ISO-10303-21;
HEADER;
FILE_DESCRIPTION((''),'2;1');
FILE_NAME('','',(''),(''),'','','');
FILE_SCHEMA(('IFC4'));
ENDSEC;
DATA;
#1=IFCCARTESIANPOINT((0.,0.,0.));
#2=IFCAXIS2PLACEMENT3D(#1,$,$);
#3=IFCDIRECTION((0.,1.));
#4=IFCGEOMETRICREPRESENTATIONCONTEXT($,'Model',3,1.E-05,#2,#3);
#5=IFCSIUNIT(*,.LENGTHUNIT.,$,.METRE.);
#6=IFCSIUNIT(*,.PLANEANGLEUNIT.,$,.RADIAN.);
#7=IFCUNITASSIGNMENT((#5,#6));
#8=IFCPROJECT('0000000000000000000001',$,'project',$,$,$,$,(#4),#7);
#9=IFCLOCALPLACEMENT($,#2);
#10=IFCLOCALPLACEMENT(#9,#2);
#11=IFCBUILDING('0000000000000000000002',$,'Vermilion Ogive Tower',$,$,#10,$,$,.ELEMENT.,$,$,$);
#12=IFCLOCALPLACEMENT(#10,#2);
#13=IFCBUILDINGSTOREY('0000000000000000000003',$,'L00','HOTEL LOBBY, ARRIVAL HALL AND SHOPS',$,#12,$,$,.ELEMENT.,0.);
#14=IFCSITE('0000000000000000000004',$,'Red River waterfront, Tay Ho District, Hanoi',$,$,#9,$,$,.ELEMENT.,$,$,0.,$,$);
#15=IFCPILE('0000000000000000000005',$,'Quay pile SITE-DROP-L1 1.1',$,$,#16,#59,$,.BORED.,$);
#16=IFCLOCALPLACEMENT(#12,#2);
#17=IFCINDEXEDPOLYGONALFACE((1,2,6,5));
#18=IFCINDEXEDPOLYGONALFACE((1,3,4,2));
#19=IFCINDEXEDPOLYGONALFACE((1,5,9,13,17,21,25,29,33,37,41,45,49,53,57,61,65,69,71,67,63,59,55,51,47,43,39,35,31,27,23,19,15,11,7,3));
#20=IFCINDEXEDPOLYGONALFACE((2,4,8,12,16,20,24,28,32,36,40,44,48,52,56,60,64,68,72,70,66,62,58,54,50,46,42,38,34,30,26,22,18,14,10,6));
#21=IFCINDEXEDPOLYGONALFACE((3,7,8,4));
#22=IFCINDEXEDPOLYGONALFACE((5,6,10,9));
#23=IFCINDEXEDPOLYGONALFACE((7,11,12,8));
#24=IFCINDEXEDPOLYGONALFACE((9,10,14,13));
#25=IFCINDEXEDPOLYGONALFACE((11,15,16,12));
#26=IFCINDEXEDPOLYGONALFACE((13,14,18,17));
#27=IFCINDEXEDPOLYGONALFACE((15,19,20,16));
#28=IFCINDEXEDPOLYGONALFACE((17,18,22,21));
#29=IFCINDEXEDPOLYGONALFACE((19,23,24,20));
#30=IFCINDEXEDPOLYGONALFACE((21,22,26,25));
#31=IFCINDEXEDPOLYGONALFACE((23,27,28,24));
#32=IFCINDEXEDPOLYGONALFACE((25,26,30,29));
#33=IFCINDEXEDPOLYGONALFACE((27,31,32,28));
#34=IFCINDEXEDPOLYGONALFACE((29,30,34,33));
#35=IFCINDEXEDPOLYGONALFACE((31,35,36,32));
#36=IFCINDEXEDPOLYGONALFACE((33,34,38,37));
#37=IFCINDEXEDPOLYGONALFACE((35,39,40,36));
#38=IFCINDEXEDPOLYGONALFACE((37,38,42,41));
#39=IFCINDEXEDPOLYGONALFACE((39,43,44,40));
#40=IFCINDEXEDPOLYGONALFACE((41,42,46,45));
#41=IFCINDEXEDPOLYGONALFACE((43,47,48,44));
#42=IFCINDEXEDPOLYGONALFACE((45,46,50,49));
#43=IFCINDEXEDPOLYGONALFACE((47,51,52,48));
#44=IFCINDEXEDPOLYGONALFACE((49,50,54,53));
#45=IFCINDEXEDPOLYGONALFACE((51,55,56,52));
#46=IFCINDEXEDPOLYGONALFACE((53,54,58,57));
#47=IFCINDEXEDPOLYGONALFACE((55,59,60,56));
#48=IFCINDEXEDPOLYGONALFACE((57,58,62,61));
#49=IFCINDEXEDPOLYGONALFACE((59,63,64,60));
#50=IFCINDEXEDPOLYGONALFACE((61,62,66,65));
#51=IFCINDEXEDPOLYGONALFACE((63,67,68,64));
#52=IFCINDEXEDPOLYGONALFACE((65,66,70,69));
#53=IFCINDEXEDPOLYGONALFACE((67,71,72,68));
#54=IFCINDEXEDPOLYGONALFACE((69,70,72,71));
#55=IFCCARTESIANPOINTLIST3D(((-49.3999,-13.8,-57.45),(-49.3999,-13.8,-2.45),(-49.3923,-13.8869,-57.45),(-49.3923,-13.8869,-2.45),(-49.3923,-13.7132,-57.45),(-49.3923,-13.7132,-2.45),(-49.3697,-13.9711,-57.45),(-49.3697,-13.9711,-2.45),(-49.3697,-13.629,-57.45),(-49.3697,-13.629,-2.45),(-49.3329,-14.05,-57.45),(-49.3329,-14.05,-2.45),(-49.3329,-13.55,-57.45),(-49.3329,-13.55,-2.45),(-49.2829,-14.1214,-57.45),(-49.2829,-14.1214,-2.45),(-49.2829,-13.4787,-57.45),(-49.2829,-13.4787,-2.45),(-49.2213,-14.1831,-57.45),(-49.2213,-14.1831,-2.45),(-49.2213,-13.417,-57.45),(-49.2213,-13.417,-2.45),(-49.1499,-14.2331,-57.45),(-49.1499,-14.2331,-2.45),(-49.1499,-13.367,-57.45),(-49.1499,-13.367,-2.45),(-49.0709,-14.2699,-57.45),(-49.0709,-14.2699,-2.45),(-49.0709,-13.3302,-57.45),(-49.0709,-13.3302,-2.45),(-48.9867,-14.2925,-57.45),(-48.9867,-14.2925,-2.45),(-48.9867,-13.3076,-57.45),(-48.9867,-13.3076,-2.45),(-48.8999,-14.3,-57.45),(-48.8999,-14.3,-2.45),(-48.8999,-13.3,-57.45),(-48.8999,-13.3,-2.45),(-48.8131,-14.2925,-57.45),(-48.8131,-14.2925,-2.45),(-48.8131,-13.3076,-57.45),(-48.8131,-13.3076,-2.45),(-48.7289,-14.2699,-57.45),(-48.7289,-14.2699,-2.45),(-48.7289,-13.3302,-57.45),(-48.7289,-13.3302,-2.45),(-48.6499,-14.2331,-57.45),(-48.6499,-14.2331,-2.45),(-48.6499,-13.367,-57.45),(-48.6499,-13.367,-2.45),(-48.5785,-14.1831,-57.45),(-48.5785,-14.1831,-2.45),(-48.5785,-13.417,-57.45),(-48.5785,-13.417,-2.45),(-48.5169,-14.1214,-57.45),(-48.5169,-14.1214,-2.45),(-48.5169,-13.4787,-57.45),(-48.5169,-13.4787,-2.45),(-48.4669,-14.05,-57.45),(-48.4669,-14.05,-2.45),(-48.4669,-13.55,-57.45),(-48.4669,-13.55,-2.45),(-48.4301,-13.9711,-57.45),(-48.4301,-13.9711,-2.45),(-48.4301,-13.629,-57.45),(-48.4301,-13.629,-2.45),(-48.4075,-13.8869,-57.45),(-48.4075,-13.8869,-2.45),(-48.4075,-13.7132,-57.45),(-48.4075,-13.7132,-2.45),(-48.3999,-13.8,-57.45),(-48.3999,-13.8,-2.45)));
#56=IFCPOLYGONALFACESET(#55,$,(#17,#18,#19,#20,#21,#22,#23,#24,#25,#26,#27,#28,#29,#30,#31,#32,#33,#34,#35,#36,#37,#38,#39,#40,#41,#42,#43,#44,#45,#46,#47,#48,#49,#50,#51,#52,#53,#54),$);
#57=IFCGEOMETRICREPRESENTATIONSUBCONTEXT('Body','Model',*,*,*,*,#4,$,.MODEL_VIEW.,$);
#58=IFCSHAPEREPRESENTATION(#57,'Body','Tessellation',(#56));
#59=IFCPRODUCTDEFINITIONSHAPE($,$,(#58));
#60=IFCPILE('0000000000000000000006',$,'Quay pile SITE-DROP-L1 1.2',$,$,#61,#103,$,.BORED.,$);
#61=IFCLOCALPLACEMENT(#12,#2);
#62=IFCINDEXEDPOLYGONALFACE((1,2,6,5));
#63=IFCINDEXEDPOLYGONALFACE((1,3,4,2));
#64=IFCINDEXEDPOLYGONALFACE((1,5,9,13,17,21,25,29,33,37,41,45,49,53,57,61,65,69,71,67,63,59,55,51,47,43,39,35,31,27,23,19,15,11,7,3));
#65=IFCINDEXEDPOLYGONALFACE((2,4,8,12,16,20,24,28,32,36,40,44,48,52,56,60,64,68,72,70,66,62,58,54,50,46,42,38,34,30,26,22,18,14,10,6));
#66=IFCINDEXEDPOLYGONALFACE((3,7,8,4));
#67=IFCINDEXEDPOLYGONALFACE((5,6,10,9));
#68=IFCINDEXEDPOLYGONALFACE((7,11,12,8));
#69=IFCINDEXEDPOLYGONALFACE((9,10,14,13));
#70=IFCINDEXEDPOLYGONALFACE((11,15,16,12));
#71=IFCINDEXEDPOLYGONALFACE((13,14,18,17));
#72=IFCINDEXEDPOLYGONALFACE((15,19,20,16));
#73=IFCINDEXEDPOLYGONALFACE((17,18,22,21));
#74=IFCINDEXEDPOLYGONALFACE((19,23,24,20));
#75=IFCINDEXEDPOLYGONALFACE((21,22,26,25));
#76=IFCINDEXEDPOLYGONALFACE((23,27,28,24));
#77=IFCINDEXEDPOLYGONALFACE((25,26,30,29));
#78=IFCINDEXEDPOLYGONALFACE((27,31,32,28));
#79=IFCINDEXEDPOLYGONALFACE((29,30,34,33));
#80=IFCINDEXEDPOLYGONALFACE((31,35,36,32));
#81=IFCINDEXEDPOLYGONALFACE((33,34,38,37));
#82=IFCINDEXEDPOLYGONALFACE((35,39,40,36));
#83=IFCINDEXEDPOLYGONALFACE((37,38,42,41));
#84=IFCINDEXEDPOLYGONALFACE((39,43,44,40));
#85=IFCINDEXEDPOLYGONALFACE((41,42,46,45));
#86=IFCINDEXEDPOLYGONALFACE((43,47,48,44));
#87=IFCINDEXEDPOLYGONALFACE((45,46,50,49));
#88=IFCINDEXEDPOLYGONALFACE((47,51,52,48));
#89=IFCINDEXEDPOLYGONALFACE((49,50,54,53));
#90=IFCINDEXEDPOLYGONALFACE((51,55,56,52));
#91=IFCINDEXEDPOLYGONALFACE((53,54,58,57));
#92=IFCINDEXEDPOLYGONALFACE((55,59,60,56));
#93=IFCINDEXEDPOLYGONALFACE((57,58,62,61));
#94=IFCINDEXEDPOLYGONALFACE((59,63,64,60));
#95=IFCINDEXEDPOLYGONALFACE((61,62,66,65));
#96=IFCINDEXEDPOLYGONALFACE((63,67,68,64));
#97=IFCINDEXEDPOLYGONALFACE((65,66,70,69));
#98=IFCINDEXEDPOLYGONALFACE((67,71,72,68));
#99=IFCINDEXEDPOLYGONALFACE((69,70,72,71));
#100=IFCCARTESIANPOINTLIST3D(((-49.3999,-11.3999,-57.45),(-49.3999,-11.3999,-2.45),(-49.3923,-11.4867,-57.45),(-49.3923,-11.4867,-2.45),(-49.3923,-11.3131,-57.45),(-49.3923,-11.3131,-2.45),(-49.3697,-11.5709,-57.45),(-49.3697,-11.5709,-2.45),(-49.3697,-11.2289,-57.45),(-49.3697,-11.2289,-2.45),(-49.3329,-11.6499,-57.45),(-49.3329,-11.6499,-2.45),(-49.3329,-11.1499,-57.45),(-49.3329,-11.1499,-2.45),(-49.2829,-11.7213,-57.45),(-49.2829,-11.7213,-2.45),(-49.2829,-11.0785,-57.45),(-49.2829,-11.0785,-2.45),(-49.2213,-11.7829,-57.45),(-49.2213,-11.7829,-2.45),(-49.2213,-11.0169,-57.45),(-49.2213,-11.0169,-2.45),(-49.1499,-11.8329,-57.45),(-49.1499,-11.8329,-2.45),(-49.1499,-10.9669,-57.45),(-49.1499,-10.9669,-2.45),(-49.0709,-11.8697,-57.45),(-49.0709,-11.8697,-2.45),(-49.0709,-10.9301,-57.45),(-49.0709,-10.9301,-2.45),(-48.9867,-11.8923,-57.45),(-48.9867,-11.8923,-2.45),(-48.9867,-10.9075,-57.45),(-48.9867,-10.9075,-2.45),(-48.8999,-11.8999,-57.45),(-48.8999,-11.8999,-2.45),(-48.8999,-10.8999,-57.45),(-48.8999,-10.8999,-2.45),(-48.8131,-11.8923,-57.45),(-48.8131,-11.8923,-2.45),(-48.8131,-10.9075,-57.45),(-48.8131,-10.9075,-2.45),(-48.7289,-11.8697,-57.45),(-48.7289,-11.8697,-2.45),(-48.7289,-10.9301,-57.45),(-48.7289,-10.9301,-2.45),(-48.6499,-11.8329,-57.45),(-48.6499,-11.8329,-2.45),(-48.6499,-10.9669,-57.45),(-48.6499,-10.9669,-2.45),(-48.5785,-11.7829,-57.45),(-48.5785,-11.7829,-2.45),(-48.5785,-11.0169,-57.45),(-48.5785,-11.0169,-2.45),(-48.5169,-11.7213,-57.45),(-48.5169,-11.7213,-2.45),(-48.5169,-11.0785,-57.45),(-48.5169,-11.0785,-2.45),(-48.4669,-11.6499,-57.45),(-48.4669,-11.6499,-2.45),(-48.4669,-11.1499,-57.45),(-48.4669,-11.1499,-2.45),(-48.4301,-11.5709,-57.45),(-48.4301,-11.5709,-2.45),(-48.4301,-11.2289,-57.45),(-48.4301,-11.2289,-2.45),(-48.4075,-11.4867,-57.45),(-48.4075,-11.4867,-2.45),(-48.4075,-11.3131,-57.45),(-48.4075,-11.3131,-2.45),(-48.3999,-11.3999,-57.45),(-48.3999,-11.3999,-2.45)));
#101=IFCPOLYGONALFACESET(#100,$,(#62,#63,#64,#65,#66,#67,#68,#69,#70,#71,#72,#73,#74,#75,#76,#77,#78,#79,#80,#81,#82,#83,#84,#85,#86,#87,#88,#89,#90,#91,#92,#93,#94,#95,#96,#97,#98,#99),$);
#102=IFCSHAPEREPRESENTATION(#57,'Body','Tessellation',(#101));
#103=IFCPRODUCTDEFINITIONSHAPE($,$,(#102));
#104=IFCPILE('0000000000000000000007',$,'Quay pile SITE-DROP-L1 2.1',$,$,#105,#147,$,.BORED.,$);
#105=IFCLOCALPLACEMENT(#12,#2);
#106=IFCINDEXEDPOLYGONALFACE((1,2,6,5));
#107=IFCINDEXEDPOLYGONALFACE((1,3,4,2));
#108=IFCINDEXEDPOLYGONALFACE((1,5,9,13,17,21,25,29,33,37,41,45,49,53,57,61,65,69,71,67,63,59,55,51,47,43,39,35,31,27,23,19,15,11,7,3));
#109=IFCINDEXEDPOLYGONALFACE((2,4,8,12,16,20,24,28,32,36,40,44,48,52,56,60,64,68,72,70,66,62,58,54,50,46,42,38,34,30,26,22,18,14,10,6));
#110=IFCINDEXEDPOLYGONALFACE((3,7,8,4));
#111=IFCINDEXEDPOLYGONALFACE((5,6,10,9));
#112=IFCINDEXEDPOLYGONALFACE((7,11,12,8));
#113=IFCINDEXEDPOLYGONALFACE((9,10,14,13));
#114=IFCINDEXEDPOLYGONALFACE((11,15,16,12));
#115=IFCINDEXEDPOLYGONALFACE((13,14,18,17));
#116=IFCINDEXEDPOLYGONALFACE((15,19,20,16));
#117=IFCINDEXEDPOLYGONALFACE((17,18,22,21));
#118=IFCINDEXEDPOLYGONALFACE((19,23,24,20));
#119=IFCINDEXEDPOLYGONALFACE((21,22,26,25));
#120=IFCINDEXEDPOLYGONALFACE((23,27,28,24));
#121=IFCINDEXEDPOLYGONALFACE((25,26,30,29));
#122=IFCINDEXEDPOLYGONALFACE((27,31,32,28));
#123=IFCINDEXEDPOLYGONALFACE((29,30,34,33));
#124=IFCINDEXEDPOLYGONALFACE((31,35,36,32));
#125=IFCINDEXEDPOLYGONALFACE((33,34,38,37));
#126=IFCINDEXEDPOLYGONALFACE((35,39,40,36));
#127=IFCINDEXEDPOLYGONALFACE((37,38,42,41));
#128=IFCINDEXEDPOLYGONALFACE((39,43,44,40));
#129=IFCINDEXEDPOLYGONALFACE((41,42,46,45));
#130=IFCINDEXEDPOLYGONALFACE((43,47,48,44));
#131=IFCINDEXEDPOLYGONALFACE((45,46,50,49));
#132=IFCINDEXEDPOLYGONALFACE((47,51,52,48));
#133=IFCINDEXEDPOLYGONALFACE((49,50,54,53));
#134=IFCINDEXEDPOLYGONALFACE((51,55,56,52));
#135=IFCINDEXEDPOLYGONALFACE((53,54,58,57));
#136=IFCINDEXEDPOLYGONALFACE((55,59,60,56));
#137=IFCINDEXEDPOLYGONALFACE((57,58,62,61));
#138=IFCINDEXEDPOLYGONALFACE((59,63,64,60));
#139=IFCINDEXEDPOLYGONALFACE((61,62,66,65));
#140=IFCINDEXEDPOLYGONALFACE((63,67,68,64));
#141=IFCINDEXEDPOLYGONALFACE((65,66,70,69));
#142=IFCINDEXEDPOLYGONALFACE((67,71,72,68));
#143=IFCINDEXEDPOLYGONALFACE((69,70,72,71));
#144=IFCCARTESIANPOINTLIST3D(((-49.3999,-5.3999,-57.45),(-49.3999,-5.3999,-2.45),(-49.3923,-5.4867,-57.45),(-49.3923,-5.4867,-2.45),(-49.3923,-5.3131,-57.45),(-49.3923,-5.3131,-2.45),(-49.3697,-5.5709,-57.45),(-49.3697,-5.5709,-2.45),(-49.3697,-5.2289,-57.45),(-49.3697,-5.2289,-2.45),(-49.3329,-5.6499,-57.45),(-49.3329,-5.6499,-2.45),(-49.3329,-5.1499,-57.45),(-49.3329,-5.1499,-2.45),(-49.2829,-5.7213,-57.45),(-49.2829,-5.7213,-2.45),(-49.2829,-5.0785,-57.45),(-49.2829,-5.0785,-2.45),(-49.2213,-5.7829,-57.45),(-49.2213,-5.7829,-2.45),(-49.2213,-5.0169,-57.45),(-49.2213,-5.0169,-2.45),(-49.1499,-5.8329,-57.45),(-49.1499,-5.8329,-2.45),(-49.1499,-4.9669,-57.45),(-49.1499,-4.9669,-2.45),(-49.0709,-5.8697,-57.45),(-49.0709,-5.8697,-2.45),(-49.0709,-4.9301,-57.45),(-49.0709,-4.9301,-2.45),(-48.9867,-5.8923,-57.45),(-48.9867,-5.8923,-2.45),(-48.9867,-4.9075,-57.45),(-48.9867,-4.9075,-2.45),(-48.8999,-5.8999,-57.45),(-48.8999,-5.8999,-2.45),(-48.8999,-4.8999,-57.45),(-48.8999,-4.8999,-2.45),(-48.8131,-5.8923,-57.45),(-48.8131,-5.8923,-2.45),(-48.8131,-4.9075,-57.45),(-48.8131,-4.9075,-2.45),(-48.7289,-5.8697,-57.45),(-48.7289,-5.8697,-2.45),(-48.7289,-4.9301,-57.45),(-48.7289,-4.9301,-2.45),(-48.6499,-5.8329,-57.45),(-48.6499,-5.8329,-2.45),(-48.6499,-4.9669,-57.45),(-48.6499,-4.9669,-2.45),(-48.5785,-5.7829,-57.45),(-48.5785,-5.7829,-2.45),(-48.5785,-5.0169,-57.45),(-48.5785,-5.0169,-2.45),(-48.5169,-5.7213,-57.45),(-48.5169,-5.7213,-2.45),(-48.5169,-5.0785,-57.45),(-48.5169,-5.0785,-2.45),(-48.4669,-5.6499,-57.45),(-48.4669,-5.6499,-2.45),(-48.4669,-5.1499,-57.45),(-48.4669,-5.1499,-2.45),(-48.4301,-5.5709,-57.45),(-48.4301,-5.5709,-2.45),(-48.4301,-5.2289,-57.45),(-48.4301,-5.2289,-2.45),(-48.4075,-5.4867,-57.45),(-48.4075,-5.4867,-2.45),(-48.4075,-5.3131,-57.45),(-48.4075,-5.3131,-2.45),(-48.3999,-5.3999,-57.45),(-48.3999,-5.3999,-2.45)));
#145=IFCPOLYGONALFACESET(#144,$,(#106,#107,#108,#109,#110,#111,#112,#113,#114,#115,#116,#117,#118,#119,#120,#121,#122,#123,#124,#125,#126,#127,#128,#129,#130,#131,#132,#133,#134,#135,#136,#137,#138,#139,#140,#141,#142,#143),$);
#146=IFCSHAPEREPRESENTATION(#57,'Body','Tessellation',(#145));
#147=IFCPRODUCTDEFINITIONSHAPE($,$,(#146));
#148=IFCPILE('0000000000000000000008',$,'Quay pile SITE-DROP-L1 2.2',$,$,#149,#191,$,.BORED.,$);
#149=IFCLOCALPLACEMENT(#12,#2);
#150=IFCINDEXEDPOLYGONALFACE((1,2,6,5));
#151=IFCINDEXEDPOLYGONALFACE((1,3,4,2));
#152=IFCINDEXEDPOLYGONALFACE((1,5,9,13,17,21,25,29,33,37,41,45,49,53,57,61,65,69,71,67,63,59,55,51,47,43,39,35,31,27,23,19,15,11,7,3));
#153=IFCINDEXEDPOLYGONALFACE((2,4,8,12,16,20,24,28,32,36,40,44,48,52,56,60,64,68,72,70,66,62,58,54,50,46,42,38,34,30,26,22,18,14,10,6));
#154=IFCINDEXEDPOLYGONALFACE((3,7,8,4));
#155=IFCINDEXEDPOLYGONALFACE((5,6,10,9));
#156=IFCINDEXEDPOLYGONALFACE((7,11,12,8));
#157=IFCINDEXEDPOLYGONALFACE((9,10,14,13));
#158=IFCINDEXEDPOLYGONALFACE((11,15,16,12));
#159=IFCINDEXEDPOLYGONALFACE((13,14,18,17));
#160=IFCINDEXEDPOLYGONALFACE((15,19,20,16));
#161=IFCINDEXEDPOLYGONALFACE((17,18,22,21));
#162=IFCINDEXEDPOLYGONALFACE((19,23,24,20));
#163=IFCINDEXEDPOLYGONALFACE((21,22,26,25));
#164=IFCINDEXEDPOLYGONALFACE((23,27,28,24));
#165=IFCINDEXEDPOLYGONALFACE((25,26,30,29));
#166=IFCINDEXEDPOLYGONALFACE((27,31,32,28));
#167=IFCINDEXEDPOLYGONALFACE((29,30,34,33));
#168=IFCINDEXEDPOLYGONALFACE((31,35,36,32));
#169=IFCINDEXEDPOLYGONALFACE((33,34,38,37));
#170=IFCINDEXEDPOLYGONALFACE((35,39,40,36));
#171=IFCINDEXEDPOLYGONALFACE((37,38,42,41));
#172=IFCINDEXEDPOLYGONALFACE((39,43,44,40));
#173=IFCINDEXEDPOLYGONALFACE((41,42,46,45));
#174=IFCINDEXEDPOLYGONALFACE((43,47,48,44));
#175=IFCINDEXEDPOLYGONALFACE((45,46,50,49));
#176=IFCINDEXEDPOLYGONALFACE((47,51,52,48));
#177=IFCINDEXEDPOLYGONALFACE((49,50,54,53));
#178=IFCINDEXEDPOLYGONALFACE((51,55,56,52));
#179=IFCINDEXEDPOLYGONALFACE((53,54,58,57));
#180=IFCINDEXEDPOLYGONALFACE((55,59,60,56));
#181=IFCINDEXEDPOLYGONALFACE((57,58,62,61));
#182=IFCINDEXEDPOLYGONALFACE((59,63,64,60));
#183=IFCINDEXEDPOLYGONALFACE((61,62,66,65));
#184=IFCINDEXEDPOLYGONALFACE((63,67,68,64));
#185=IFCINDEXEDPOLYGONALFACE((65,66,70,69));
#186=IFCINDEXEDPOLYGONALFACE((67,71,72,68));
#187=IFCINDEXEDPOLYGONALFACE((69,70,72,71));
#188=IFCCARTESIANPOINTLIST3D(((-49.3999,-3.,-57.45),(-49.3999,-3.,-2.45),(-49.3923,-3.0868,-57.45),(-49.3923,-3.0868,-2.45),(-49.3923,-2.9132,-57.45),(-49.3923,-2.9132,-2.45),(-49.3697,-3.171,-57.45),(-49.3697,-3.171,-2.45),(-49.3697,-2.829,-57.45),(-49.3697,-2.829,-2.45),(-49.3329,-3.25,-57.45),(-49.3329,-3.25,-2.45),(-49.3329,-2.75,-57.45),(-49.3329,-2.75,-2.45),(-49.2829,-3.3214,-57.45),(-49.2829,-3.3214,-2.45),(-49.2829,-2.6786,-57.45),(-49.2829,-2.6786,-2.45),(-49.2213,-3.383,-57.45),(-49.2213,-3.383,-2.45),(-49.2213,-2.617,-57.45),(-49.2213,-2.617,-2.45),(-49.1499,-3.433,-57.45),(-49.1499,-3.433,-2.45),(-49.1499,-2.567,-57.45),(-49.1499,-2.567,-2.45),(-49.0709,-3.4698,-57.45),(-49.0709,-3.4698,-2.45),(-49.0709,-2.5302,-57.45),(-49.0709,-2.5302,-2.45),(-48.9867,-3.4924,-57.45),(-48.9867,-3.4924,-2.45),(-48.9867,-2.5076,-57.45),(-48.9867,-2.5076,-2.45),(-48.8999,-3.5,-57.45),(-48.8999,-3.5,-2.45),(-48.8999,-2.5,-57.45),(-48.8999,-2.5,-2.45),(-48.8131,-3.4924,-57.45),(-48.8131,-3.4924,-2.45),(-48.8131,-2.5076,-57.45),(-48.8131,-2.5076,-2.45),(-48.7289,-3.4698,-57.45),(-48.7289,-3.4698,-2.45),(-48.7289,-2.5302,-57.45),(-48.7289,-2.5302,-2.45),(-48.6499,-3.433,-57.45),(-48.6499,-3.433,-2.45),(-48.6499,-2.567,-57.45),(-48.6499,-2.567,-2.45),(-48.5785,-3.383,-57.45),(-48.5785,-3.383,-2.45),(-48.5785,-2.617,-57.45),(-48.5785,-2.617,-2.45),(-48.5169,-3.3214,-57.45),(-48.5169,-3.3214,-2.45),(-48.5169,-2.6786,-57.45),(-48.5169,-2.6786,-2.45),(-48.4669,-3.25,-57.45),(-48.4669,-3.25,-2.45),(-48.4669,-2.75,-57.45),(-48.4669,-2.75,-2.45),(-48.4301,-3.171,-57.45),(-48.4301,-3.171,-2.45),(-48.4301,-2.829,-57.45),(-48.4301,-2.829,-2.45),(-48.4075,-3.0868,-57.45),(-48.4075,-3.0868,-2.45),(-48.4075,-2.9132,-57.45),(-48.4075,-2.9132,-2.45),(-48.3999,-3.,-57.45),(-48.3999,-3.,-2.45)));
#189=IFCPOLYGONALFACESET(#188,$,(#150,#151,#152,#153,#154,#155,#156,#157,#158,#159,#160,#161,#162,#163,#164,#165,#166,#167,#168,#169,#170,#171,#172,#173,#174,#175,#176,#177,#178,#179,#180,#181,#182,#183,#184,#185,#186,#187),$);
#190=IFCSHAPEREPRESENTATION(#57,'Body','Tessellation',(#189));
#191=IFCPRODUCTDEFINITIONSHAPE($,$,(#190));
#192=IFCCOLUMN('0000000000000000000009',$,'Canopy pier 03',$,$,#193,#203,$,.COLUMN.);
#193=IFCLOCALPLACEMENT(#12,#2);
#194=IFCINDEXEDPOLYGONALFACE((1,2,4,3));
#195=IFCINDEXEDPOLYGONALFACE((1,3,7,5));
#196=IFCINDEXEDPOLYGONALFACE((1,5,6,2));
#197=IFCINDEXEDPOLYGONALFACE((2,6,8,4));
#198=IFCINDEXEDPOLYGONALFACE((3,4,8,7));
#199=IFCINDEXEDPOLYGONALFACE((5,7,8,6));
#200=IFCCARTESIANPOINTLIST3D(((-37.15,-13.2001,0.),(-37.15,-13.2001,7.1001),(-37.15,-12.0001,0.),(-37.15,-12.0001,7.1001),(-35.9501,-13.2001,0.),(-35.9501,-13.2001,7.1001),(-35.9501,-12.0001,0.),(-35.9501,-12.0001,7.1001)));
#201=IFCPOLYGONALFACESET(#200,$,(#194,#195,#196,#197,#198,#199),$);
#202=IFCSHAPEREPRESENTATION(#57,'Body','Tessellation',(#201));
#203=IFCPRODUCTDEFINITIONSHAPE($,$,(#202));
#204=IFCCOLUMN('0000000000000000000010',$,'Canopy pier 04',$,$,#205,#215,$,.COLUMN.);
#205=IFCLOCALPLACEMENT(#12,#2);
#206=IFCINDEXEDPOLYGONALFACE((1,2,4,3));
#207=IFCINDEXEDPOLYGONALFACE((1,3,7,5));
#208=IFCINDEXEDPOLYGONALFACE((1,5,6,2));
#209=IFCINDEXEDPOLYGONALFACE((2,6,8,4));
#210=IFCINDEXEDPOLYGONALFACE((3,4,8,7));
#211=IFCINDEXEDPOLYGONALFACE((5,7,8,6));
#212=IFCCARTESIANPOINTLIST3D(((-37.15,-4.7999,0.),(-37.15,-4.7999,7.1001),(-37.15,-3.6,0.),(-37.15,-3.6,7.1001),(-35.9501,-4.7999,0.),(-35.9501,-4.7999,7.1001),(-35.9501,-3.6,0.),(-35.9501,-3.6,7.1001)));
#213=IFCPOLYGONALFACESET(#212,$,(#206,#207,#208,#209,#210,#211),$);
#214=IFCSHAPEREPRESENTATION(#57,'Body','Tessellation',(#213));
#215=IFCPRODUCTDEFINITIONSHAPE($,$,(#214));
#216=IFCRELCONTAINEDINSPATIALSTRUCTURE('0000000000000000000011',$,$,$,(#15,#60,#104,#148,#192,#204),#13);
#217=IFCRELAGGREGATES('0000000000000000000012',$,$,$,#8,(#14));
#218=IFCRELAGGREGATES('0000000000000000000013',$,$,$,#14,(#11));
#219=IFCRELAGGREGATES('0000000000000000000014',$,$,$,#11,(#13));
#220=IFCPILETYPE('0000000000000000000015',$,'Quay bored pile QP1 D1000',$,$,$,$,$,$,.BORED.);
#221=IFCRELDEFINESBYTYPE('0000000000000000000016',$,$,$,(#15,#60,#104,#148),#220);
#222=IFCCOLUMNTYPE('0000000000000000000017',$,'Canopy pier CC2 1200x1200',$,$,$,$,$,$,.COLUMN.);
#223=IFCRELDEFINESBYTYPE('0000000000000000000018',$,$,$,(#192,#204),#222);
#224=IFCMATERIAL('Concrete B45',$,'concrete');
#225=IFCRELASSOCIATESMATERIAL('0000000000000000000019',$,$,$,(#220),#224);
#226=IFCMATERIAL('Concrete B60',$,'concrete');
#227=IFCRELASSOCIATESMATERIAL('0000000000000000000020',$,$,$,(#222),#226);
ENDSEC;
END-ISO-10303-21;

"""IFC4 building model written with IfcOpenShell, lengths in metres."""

from ifc_helpers import new_model, si_unit, direction, frame, origin, origin_2d, place, context, subcontext, project, spatial, rectangle, circle, extrude, material, material_profile, profile_set, type_object, element, save


model = new_model("IFC4")

# Units and contexts
model_context = context("Model", 3, precision=1e-05, world=origin(), true_north=direction((0.0, 1.0)))
body_context = subcontext(model_context, "Body", "Model", "MODEL_VIEW")
ifc_project = project(units=[si_unit("LENGTHUNIT", "METRE"), si_unit("PLANEANGLEUNIT", "RADIAN")], contexts=[model_context])

# Site, building, storey
site_placement = place(None, origin())
site = spatial("IfcSite", under=ifc_project, at=site_placement, Name="Red River waterfront, Tay Ho District, Hanoi", CompositionType="ELEMENT", RefElevation=0.0)
building_placement = place(site_placement, origin())
building = spatial("IfcBuilding", under=site, at=building_placement, Name="Vermilion Ogive Tower", CompositionType="ELEMENT")
storey_placement = place(building_placement, origin())
storey = spatial("IfcBuildingStorey", under=building, at=storey_placement, Name="L00", Description="HOTEL LOBBY, ARRIVAL HALL AND SHOPS", CompositionType="ELEMENT", Elevation=0.0)

# Piles
ifc_material_1 = material(Name="Concrete B45", Category="concrete")
pile_type = type_object("IfcPileType", Name="Quay bored pile QP1 D1000", PredefinedType="BORED", material=ifc_material_1)
for number, where, z_axis, x_axis, name in (
    (1, (-48.8999, -13.8, -2.45), (0.0, 0.0, -1.0), (1.0, 0.0, 0.0), "Quay pile SITE-DROP-L1 1.1"),
    (2, (-48.8999, -11.3999, -2.45), (0.0, 0.0, -1.0), (1.0, 0.0, 0.0), "Quay pile SITE-DROP-L1 1.2"),
    (3, (-48.8999, -5.3999, -2.45), (0.0, 0.0, -1.0), (1.0, 0.0, 0.0), "Quay pile SITE-DROP-L1 2.1"),
    (4, (-48.8999, -3.0, -2.45), (0.0, 0.0, -1.0), (1.0, 0.0, 0.0), "Quay pile SITE-DROP-L1 2.2"),
):
    element("IfcPile", number, at=place(storey_placement, frame(where, z_axis=z_axis, x_axis=x_axis)), inside=storey, type_object=pile_type, Name=name, PredefinedType="BORED", context=body_context, shape_type="SweptSolid", body=[
        extrude(circle(Radius=0.5, at=origin_2d()), origin(), (0.0, 0.0, 1.0), 55.0),
    ])

# Columns
ifc_material_2 = material(Name="Concrete B60", Category="concrete")
ifc_material_profile_1 = material_profile(ifc_material_2, rectangle(XDim=1.2, YDim=1.2, at=origin_2d()), Name="RC 1200x1200")
ifc_profile_set_1 = profile_set([ifc_material_profile_1], Name="Concrete B60")
column_type = type_object("IfcColumnType", Name="Canopy pier CC2 1200x1200", PredefinedType="COLUMN", material=ifc_profile_set_1)
for number, where, z_axis, x_axis, name in (
    (5, (-36.55, -12.6001, 0.0), (0.0, 0.0, 1.0), (1.0, 0.0, 0.0), "Canopy pier 03"),
    (6, (-36.55, -4.2, 0.0), (0.0, 0.0, 1.0), (1.0, 0.0, 0.0), "Canopy pier 04"),
):
    element("IfcColumn", number, at=place(storey_placement, frame(where, z_axis=z_axis, x_axis=x_axis)), inside=storey, type_object=column_type, Name=name, PredefinedType="COLUMN", context=body_context, shape_type="SweptSolid", body=[
        extrude(rectangle(XDim=1.2, YDim=1.2, at=origin_2d()), origin(), (0.0, 0.0, 1.0), 7.1001),
    ])

save(model, "model.ifc")
